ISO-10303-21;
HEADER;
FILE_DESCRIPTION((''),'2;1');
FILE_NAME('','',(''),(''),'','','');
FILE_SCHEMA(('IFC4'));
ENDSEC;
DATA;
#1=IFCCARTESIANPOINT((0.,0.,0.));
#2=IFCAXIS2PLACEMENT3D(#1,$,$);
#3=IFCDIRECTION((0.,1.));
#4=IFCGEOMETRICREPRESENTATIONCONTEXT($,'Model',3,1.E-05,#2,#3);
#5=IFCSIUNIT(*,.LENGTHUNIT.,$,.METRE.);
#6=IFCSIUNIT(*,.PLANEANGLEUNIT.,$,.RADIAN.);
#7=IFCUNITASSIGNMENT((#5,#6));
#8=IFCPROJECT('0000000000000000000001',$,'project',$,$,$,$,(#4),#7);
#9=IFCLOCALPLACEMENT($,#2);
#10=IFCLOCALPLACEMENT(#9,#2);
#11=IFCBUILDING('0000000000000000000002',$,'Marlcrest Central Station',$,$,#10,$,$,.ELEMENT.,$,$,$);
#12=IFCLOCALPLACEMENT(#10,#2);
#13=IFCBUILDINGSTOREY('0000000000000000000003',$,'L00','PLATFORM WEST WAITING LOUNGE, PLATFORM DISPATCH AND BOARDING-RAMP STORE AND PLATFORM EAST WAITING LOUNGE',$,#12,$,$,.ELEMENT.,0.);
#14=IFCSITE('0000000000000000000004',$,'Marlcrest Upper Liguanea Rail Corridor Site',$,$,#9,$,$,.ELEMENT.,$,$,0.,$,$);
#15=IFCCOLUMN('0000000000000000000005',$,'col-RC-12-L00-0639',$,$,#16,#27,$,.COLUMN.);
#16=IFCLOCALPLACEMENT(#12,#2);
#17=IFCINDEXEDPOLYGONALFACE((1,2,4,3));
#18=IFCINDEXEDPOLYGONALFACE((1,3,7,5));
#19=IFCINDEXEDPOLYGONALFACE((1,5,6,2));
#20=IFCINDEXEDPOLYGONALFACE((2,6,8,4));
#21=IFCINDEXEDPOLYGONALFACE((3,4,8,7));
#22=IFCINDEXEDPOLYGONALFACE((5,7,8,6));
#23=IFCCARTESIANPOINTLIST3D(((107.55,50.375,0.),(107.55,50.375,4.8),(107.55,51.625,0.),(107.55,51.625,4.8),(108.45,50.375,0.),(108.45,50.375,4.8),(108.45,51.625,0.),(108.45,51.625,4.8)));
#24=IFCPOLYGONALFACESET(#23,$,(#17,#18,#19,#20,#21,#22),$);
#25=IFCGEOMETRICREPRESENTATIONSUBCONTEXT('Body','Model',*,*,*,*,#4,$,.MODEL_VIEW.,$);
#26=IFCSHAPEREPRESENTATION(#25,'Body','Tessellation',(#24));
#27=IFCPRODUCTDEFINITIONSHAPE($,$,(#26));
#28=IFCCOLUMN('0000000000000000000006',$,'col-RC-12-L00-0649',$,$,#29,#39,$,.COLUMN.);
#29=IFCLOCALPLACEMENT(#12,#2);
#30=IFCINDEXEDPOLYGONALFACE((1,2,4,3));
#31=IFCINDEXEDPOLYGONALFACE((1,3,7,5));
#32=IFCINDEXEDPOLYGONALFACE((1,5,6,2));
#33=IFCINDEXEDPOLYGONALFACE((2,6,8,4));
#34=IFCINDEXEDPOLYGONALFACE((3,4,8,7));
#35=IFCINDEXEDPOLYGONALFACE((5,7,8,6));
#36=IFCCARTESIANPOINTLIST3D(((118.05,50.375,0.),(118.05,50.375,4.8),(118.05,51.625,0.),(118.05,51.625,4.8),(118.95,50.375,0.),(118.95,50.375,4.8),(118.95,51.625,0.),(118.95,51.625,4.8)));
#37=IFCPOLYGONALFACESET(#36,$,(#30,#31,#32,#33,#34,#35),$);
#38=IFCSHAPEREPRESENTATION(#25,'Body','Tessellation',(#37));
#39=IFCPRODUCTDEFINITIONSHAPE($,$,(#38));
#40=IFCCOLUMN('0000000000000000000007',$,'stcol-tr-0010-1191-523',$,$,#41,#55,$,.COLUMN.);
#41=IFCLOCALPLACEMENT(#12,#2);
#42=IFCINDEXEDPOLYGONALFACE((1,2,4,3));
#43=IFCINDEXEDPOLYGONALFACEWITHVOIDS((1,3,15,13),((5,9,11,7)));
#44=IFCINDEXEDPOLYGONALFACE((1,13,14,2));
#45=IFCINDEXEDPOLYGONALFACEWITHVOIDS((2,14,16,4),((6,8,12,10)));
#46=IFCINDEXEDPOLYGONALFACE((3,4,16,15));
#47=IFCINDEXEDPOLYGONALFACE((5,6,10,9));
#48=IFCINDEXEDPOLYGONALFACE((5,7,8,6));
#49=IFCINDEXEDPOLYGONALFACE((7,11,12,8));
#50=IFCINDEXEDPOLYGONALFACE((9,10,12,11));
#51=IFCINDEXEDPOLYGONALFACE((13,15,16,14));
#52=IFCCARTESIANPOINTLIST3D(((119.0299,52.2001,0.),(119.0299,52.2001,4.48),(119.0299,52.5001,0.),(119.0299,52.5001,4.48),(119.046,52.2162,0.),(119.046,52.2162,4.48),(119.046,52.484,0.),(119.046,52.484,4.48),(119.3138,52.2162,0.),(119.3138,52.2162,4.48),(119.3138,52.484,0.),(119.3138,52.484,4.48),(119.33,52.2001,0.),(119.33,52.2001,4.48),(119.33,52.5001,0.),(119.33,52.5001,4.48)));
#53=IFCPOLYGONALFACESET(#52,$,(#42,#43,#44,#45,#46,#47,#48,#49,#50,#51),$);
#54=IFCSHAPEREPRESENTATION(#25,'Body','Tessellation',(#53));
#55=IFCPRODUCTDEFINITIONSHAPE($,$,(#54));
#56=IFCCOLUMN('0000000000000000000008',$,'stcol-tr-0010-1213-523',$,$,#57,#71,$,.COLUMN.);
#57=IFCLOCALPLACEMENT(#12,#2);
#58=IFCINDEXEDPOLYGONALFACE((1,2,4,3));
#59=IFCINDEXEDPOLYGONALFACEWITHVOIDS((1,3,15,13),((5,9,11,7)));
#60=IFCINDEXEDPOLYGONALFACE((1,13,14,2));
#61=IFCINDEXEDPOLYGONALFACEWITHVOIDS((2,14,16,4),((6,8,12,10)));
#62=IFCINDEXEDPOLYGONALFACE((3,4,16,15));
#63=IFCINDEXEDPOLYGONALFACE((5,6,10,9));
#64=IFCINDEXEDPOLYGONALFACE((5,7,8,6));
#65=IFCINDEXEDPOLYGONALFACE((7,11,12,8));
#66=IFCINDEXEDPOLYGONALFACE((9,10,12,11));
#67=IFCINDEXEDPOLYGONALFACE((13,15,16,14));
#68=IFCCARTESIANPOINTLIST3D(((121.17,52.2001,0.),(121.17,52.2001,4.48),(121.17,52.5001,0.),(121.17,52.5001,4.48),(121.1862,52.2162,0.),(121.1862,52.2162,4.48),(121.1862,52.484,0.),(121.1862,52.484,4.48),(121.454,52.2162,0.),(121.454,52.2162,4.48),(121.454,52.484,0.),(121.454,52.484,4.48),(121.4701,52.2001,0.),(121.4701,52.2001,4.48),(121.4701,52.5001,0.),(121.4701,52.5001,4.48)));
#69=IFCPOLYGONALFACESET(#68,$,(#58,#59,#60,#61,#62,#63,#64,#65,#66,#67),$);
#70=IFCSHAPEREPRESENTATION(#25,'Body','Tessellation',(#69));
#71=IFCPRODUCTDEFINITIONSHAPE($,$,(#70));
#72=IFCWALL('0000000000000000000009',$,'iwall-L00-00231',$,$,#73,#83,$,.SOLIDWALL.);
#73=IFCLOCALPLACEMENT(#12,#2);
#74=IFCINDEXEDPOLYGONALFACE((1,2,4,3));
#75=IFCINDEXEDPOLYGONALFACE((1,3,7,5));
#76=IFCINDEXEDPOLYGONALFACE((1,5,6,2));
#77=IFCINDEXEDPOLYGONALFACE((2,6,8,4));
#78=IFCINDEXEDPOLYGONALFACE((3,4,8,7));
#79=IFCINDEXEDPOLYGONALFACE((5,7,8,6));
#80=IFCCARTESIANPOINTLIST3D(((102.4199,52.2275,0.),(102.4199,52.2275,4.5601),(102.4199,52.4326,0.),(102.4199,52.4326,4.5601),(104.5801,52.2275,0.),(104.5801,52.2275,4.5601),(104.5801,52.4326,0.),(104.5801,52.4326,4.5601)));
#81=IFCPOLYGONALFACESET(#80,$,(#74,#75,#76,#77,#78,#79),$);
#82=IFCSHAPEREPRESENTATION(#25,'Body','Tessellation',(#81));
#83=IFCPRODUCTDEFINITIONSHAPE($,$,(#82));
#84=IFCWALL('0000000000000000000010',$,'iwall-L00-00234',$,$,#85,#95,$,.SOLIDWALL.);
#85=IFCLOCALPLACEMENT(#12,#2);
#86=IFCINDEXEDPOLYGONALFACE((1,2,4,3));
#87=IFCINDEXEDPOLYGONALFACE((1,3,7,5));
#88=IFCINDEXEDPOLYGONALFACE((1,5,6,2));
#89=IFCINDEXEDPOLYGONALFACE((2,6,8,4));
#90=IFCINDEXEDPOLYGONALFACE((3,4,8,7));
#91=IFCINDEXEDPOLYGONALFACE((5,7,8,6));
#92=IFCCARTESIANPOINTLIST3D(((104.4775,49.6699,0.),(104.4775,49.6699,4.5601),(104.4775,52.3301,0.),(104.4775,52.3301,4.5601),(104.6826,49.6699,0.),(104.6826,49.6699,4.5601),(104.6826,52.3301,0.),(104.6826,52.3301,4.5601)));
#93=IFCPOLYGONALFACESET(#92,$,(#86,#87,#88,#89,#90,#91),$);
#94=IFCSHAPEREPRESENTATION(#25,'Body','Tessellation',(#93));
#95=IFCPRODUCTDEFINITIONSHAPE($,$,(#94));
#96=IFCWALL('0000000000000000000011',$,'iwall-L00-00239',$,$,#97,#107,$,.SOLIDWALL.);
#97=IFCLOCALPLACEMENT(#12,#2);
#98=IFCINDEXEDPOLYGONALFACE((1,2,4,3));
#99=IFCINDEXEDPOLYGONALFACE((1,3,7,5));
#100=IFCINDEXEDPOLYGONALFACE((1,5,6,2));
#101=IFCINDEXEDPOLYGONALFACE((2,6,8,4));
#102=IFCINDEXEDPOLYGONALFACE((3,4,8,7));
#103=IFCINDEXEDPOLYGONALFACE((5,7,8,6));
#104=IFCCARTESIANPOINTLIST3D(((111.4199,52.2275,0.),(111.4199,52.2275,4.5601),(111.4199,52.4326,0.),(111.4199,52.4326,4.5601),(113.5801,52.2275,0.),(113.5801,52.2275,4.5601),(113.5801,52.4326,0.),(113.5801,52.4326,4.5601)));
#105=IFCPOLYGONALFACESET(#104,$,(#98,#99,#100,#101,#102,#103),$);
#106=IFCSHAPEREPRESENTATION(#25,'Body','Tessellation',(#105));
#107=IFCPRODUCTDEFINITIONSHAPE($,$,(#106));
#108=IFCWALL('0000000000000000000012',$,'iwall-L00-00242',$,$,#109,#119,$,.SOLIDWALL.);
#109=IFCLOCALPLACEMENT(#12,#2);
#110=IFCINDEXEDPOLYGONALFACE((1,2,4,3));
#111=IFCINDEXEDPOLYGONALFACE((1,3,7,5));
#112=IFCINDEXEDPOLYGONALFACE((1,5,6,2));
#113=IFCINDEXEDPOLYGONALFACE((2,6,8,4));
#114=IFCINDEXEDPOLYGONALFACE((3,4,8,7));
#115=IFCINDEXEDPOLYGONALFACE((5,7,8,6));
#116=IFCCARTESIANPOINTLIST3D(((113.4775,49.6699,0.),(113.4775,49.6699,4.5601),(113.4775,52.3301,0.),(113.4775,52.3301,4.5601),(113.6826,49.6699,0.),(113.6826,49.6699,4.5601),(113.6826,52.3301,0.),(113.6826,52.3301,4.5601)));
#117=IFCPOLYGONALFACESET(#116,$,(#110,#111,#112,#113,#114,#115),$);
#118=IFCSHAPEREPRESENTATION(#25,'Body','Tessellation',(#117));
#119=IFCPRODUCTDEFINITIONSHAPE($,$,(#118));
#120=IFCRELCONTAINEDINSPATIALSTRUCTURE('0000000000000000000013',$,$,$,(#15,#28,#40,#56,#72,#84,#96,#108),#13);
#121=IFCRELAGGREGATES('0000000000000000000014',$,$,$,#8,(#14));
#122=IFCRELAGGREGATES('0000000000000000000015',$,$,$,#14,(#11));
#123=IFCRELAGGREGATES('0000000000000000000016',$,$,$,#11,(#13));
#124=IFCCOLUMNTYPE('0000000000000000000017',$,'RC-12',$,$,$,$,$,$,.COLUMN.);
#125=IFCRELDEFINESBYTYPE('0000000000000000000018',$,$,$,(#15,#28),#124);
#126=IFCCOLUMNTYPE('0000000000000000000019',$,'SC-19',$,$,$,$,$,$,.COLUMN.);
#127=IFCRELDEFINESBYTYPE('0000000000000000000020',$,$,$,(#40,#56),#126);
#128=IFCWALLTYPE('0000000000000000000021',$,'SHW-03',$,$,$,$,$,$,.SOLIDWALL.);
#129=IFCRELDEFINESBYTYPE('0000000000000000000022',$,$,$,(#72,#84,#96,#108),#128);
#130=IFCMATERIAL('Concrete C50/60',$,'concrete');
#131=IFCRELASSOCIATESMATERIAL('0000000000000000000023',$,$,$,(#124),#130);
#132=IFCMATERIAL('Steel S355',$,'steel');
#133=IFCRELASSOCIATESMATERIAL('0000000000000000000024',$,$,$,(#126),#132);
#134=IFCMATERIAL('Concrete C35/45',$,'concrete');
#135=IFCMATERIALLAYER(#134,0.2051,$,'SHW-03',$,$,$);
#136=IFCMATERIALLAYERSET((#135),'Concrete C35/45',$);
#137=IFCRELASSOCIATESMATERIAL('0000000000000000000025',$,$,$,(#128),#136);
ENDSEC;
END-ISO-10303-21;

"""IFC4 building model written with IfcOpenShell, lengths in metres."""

from ifc_helpers import new_model, si_unit, direction, frame, frame_2d, origin, origin_2d, place, context, subcontext, project, spatial, rectangle, hollow_rectangle, extrude, material, layer, layer_set, material_profile, profile_set, type_object, element, save


model = new_model("IFC4")

# Units and contexts
model_context = context("Model", 3, precision=1e-05, world=origin(), true_north=direction((0.0, 1.0)))
body_context = subcontext(model_context, "Body", "Model", "MODEL_VIEW")
ifc_project = project(units=[si_unit("LENGTHUNIT", "METRE"), si_unit("PLANEANGLEUNIT", "RADIAN")], contexts=[model_context])

# Site, building, storey
site_placement = place(None, origin())
site = spatial("IfcSite", under=ifc_project, at=site_placement, Name="Marlcrest Upper Liguanea Rail Corridor Site", CompositionType="ELEMENT", RefElevation=0.0)
building_placement = place(site_placement, origin())
building = spatial("IfcBuilding", under=site, at=building_placement, Name="Marlcrest Central Station", CompositionType="ELEMENT")
storey_placement = place(building_placement, origin())
storey = spatial("IfcBuildingStorey", under=building, at=storey_placement, Name="L00", Description="PLATFORM WEST WAITING LOUNGE, PLATFORM DISPATCH AND BOARDING-RAMP STORE AND PLATFORM EAST WAITING LOUNGE", CompositionType="ELEMENT", Elevation=0.0)

# Shared definitions
ifc_material_1 = material(Name="Concrete C35/45", Category="concrete")

# Columns
ifc_material_2 = material(Name="Concrete C50/60", Category="concrete")
ifc_material_profile_1 = material_profile(ifc_material_2, rectangle(XDim=0.8999, YDim=1.25, at=origin_2d()), Name="RC 900x1250")
ifc_profile_set_1 = profile_set([ifc_material_profile_1], Name="Concrete C50/60")
column_type_1 = type_object("IfcColumnType", Name="RC-12", PredefinedType="COLUMN", material=ifc_profile_set_1)
for number, where, z_axis, x_axis, name in (
    (1, (108.0, 51.0, 0.0), (0.0, 0.0, 1.0), (1.0, 0.0, 0.0), "col-RC-12-L00-0639"),
    (2, (118.5, 51.0, 0.0), (0.0, 0.0, 1.0), (1.0, 0.0, 0.0), "col-RC-12-L00-0649"),
):
    element("IfcColumn", number, at=place(storey_placement, frame(where, z_axis=z_axis, x_axis=x_axis)), inside=storey, type_object=column_type_1, Name=name, PredefinedType="COLUMN", context=body_context, shape_type="SweptSolid", body=[
        extrude(rectangle(XDim=0.8999, YDim=1.25, at=origin_2d()), origin(), (0.0, 0.0, 1.0), 4.8),
    ])
ifc_material_3 = material(Name="Steel S355", Category="steel")
ifc_material_profile_2 = material_profile(ifc_material_3, hollow_rectangle(XDim=0.3, YDim=0.3, WallThickness=0.0161, at=origin_2d()), Name="SHS 300x300x16")
ifc_profile_set_2 = profile_set([ifc_material_profile_2], Name="Steel S355")
column_type_2 = type_object("IfcColumnType", Name="SC-19", PredefinedType="COLUMN", material=ifc_profile_set_2)
for number, where, z_axis, x_axis, name in (
    (3, (119.1799, 52.3501, 0.0), (0.0, 0.0, 1.0), (1.0, 0.0, 0.0), "stcol-tr-0010-1191-523"),
    (4, (121.3201, 52.3501, 0.0), (0.0, 0.0, 1.0), (1.0, 0.0, 0.0), "stcol-tr-0010-1213-523"),
):
    element("IfcColumn", number, at=place(storey_placement, frame(where, z_axis=z_axis, x_axis=x_axis)), inside=storey, type_object=column_type_2, Name=name, PredefinedType="COLUMN", context=body_context, shape_type="SweptSolid", body=[
        extrude(hollow_rectangle(XDim=0.3, YDim=0.3, WallThickness=0.0161, at=origin_2d()), origin(), (0.0, 0.0, 1.0), 4.48),
    ])

# Walls
ifc_layer = layer(ifc_material_1, 0.2051, Name="SHW-03")
ifc_layer_set = layer_set([ifc_layer], Name="Concrete C35/45")
wall_type = type_object("IfcWallType", Name="SHW-03", PredefinedType="SOLIDWALL", material=ifc_layer_set)
wall_1_placement = place(storey_placement, frame((102.4199, 52.3301, 0.0), z_axis=(0.0, 0.0, 1.0), x_axis=(1.0, 0.0, 0.0)))
element("IfcWall", 5, at=wall_1_placement, inside=storey, type_object=wall_type, Name="iwall-L00-00231", PredefinedType="SOLIDWALL", context=body_context, shape_type="SweptSolid", body=[
    extrude(rectangle(XDim=2.1602, YDim=0.2051, at=frame_2d((1.0801, 0.0))), origin(), (0.0, 0.0, 1.0), 4.5601),
])
wall_2_placement = place(storey_placement, frame((104.5801, 52.3301, 0.0), z_axis=(0.0, 0.0, 1.0), x_axis=(0.0, -1.0, 0.0)))
element("IfcWall", 6, at=wall_2_placement, inside=storey, type_object=wall_type, Name="iwall-L00-00234", PredefinedType="SOLIDWALL", context=body_context, shape_type="SweptSolid", body=[
    extrude(rectangle(XDim=2.6602, YDim=0.2051, at=frame_2d((1.3301, 0.0))), origin(), (0.0, 0.0, 1.0), 4.5601),
])
wall_3_placement = place(storey_placement, frame((111.4199, 52.3301, 0.0), z_axis=(0.0, 0.0, 1.0), x_axis=(1.0, 0.0, 0.0)))
element("IfcWall", 7, at=wall_3_placement, inside=storey, type_object=wall_type, Name="iwall-L00-00239", PredefinedType="SOLIDWALL", context=body_context, shape_type="SweptSolid", body=[
    extrude(rectangle(XDim=2.1602, YDim=0.2051, at=frame_2d((1.0801, 0.0))), origin(), (0.0, 0.0, 1.0), 4.5601),
])
wall_4_placement = place(storey_placement, frame((113.5801, 52.3301, 0.0), z_axis=(0.0, 0.0, 1.0), x_axis=(0.0, -1.0, 0.0)))
element("IfcWall", 8, at=wall_4_placement, inside=storey, type_object=wall_type, Name="iwall-L00-00242", PredefinedType="SOLIDWALL", context=body_context, shape_type="SweptSolid", body=[
    extrude(rectangle(XDim=2.6602, YDim=0.2051, at=frame_2d((1.3301, 0.0))), origin(), (0.0, 0.0, 1.0), 4.5601),
])

save(model, "model.ifc")
